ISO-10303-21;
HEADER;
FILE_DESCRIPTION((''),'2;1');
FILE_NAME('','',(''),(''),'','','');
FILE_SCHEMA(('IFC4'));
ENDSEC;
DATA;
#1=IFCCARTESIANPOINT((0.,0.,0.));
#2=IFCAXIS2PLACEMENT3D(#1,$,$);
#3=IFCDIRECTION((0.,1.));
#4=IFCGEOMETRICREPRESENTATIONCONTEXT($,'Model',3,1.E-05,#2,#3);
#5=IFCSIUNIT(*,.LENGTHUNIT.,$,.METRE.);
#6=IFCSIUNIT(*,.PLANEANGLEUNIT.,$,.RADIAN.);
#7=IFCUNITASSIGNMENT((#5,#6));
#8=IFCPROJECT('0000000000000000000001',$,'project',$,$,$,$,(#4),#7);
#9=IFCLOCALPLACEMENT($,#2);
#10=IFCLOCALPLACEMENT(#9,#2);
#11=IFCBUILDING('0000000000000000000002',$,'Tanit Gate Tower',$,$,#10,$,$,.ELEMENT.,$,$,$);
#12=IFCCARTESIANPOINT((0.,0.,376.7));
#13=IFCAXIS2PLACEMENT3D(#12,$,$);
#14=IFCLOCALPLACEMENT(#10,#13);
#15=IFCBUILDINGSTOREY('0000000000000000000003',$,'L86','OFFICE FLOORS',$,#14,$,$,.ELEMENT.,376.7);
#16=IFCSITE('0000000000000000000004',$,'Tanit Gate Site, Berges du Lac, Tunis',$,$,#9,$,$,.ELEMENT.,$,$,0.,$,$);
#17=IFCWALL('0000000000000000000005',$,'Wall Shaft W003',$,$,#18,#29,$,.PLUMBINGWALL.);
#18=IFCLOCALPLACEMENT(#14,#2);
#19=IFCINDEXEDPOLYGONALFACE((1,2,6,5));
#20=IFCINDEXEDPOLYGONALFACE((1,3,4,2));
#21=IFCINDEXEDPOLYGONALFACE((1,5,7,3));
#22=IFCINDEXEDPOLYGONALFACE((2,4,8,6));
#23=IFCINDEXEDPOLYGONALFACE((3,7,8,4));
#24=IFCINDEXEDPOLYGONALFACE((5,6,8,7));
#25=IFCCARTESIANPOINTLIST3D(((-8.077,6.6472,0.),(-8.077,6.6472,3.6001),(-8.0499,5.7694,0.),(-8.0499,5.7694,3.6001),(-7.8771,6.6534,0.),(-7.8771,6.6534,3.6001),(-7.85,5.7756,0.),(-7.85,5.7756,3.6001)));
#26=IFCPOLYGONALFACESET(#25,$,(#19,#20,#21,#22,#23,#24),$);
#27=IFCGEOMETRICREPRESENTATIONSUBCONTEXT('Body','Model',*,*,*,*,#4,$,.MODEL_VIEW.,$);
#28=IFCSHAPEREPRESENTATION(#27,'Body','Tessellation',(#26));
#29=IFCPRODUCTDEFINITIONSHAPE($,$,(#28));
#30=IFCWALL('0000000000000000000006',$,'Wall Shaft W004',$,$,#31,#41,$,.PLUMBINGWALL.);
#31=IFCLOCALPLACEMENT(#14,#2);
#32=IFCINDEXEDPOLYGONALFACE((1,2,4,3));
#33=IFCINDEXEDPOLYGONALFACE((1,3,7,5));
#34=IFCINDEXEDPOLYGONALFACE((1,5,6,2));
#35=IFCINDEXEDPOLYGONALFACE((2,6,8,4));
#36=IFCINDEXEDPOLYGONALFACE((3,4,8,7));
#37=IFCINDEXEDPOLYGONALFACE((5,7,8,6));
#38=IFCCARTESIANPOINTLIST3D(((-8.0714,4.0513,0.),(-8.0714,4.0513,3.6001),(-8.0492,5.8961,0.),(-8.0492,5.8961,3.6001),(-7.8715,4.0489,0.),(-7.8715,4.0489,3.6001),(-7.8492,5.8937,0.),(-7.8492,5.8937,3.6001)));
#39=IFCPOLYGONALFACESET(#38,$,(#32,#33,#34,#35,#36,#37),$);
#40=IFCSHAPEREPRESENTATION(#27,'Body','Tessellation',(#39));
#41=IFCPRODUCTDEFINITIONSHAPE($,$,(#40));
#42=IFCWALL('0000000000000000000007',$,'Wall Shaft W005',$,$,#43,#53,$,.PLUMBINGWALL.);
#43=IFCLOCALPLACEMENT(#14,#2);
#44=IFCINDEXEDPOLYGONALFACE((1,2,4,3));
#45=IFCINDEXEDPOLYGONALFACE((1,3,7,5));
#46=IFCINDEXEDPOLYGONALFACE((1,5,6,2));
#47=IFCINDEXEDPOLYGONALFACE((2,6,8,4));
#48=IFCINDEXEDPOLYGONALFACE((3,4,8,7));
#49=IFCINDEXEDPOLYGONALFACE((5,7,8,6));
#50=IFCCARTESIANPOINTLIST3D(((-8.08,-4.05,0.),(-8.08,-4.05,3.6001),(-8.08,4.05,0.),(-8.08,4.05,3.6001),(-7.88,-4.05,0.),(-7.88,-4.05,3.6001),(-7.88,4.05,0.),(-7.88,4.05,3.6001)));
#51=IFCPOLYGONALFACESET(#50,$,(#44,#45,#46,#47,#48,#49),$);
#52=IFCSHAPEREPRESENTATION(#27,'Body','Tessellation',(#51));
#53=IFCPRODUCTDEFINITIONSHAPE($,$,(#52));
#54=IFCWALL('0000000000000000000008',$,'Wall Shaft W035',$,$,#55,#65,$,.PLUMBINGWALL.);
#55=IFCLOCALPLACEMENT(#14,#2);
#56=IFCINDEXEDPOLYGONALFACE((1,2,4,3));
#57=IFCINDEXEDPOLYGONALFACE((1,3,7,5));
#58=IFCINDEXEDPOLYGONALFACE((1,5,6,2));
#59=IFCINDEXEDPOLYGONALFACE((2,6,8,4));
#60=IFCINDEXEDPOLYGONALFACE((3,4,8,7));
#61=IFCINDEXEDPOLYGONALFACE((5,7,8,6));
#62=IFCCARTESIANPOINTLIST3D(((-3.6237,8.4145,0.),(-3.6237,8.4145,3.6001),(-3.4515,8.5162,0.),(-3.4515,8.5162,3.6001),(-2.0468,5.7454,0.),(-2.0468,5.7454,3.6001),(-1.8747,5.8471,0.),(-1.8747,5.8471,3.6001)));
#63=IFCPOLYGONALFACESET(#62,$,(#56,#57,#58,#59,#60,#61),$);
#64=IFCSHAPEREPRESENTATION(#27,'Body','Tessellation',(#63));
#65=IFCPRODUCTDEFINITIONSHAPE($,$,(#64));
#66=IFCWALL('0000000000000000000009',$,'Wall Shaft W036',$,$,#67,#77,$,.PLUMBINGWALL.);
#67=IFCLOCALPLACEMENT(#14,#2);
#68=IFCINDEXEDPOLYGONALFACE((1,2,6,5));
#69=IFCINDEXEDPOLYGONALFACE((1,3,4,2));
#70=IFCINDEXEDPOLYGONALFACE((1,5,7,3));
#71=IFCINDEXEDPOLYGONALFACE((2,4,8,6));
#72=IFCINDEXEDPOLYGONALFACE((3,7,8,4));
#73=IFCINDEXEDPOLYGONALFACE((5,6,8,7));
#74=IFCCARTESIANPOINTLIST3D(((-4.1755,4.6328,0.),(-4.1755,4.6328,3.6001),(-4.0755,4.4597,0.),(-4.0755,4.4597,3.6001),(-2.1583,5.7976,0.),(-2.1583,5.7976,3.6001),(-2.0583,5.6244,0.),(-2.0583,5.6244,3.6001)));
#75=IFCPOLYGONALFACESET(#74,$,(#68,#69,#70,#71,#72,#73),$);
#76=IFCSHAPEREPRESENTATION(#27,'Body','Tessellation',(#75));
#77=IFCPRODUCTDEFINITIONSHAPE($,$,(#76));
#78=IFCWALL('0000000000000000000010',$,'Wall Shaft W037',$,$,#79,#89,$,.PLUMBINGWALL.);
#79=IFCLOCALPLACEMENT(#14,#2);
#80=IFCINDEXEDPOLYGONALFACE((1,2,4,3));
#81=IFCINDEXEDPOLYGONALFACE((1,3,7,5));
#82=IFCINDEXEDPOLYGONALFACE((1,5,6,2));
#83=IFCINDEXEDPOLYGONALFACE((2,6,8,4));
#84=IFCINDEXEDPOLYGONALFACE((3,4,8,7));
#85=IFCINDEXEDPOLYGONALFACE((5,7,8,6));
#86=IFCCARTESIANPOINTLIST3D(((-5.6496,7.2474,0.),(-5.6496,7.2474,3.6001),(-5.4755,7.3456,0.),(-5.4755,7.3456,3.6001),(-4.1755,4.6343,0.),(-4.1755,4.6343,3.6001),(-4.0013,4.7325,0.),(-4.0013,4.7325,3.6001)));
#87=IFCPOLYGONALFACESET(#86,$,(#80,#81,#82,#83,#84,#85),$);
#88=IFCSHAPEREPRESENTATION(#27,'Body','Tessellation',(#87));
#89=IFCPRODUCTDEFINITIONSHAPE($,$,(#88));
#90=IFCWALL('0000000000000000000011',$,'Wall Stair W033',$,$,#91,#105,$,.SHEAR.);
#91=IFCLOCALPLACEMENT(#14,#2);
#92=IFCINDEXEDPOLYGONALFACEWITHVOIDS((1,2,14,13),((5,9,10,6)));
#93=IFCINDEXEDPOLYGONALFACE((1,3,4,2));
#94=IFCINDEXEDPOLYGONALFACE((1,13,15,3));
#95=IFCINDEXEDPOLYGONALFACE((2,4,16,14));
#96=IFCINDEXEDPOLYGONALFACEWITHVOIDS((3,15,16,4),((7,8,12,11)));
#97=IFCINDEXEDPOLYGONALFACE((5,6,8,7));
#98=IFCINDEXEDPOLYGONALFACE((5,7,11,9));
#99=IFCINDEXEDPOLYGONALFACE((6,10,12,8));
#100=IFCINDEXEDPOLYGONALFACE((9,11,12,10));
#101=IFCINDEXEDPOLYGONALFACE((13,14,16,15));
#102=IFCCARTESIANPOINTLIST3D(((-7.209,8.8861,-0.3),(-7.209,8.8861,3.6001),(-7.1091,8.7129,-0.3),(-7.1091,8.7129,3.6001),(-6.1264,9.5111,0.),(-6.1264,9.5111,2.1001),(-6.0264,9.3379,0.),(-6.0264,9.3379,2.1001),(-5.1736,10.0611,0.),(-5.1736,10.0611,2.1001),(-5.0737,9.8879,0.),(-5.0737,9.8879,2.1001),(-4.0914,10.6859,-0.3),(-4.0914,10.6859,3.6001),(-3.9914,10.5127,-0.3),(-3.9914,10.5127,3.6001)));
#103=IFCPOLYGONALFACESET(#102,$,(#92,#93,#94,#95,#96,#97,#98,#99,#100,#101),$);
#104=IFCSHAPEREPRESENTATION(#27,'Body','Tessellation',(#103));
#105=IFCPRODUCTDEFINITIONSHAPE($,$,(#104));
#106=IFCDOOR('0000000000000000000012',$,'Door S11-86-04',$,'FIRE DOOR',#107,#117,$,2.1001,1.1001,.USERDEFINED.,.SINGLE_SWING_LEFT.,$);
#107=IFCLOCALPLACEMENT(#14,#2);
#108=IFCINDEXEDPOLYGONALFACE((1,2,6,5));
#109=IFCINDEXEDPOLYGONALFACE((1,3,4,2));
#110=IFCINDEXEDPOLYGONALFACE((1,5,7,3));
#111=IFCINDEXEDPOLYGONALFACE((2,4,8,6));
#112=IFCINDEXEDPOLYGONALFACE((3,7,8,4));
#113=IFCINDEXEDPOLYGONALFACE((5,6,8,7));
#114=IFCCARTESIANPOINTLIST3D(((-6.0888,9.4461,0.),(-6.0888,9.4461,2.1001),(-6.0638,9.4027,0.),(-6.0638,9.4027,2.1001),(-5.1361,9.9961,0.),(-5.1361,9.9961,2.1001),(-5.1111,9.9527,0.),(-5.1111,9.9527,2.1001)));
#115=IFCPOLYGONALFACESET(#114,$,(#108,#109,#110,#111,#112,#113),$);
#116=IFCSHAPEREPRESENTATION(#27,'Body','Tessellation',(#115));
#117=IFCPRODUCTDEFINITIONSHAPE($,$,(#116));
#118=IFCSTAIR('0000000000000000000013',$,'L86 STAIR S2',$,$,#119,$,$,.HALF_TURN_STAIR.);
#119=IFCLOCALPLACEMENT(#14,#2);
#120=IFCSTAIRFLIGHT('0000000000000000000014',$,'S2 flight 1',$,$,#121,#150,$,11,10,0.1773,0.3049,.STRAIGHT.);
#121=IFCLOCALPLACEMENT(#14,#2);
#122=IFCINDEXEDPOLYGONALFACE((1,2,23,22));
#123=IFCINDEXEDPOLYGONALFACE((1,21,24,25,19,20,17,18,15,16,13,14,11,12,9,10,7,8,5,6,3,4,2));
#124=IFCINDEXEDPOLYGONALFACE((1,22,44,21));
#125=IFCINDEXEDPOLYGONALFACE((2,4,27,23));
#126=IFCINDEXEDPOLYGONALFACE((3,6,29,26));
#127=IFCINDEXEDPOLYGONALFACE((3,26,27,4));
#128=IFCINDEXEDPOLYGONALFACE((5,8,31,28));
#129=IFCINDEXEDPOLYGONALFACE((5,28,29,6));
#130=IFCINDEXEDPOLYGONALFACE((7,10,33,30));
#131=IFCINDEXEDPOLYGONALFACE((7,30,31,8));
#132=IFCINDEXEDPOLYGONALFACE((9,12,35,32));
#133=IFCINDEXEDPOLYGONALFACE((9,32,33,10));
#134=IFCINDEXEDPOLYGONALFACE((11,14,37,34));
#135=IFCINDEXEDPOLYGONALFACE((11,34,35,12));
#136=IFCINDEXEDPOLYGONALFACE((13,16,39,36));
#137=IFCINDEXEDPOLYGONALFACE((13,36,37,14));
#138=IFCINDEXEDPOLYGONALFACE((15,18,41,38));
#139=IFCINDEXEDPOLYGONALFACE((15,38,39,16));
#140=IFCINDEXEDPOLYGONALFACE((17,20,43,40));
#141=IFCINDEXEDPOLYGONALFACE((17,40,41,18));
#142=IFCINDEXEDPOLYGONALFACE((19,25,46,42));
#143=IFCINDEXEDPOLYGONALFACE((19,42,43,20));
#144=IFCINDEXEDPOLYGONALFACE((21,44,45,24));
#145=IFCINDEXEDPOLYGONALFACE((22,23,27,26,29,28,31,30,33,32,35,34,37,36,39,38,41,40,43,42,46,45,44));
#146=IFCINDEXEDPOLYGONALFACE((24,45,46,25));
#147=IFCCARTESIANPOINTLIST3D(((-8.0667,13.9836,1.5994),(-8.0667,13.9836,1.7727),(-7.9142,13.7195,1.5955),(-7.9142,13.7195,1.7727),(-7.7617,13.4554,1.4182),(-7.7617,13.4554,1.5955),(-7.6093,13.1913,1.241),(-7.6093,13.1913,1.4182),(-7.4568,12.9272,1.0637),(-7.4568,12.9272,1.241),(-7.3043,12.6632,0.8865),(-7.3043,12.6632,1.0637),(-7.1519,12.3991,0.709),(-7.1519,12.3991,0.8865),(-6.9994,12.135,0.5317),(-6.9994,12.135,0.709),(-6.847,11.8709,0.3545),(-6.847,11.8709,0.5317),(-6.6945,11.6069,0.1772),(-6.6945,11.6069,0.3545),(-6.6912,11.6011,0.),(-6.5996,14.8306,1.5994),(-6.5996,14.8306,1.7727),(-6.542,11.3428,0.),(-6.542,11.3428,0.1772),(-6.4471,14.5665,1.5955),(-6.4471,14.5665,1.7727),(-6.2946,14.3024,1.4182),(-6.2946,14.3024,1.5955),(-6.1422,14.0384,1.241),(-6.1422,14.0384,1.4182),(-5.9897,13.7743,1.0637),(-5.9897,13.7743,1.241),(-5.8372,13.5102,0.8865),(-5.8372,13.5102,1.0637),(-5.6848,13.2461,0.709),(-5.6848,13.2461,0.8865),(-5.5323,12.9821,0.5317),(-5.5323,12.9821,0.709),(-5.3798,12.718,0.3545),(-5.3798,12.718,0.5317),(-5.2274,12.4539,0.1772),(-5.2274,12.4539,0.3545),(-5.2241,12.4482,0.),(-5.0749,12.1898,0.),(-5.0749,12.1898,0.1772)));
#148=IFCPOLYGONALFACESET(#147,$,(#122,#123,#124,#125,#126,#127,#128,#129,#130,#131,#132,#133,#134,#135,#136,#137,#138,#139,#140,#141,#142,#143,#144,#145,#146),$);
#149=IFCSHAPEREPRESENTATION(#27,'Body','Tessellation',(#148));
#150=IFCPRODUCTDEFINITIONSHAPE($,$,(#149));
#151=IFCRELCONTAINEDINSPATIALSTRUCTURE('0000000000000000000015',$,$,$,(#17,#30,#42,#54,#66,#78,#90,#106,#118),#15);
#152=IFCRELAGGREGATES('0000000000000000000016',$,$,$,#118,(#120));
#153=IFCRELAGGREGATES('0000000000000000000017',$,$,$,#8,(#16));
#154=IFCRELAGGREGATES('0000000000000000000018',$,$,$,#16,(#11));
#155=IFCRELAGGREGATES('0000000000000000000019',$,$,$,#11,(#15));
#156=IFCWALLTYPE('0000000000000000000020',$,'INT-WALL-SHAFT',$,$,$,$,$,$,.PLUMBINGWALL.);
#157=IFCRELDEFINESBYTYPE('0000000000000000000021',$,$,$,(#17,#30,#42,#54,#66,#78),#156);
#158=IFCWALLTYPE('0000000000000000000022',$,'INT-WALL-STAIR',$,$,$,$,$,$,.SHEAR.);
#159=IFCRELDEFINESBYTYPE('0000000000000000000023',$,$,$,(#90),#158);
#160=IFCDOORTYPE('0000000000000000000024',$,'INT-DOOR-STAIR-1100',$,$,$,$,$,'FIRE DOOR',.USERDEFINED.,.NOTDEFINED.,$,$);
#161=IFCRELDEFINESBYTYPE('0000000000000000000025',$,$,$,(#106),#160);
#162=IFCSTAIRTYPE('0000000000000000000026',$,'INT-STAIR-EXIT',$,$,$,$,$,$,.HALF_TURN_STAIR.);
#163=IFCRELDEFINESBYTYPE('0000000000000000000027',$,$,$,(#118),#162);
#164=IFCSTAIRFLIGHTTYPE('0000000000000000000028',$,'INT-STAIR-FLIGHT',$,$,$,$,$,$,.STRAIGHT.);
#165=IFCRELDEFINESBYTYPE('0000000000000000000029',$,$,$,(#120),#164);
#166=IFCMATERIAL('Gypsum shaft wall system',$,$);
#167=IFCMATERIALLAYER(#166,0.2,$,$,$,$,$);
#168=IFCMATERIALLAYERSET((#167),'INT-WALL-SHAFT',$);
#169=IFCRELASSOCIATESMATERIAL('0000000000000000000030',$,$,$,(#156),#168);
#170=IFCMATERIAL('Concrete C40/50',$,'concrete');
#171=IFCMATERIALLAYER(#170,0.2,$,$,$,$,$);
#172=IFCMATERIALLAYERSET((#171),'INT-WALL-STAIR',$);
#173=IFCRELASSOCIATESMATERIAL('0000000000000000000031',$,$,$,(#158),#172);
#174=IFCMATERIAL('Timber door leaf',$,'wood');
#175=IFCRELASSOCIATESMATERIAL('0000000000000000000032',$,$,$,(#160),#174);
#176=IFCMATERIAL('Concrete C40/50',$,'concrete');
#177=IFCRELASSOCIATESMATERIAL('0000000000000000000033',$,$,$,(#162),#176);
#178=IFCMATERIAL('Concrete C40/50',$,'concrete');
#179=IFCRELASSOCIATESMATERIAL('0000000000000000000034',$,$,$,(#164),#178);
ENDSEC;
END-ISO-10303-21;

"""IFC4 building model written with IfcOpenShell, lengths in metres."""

from ifc_helpers import new_model, si_unit, direction, frame, frame_2d, origin, place, context, subcontext, project, spatial, polyline, rectangle, outline, extrude, material, layer, layer_set, type_object, element, fill, aggregate, save


model = new_model("IFC4")

# Units and contexts
model_context = context("Model", 3, precision=1e-05, world=origin(), true_north=direction((0.0, 1.0)))
body_context = subcontext(model_context, "Body", "Model", "MODEL_VIEW")
ifc_project = project(units=[si_unit("LENGTHUNIT", "METRE"), si_unit("PLANEANGLEUNIT", "RADIAN")], contexts=[model_context])

# Site, building, storey
site_placement = place(None, origin())
site = spatial("IfcSite", under=ifc_project, at=site_placement, Name="Tanit Gate Site, Berges du Lac, Tunis", CompositionType="ELEMENT", RefElevation=0.0)
building_placement = place(site_placement, origin())
building = spatial("IfcBuilding", under=site, at=building_placement, Name="Tanit Gate Tower", CompositionType="ELEMENT")
storey_placement = place(building_placement, frame((0.0, 0.0, 376.7)))
storey = spatial("IfcBuildingStorey", under=building, at=storey_placement, Name="L86", Description="OFFICE FLOORS", CompositionType="ELEMENT", Elevation=376.7)

# Walls
ifc_material_1 = material(Name="Gypsum shaft wall system")
ifc_layer_1 = layer(ifc_material_1, 0.2)
ifc_layer_set_1 = layer_set([ifc_layer_1], Name="INT-WALL-SHAFT")
wall_type_1 = type_object("IfcWallType", Name="INT-WALL-SHAFT", PredefinedType="PLUMBINGWALL", material=ifc_layer_set_1)
wall_1_placement = place(storey_placement, frame((-7.9771, 6.6501, 0.0), z_axis=(0.0, 0.0, 1.0), x_axis=(0.030862, -0.999524, 0.0)))
element("IfcWall", 1, at=wall_1_placement, inside=storey, type_object=wall_type_1, Name="Wall Shaft W003", PredefinedType="PLUMBINGWALL", context=body_context, shape_type="SweptSolid", body=[
    extrude(rectangle(XDim=0.8782, YDim=0.2, at=frame_2d((0.439, 0.0))), origin(), (0.0, 0.0, 1.0), 3.6001),
])
wall_2_placement = place(storey_placement, frame((-7.9492, 5.8948, 0.0), z_axis=(0.0, 0.0, 1.0), x_axis=(-0.012043, -0.999927, 0.0)))
element("IfcWall", 2, at=wall_2_placement, inside=storey, type_object=wall_type_1, Name="Wall Shaft W004", PredefinedType="PLUMBINGWALL", context=body_context, shape_type="SweptSolid", body=[
    extrude(rectangle(XDim=1.845, YDim=0.2, at=frame_2d((0.9224, 0.0))), origin(), (0.0, 0.0, 1.0), 3.6001),
])
wall_3_placement = place(storey_placement, frame((-7.98, 4.05, 0.0), z_axis=(0.0, 0.0, 1.0), x_axis=(0.0, -1.0, 0.0)))
element("IfcWall", 3, at=wall_3_placement, inside=storey, type_object=wall_type_1, Name="Wall Shaft W005", PredefinedType="PLUMBINGWALL", context=body_context, shape_type="SweptSolid", body=[
    extrude(rectangle(XDim=8.1001, YDim=0.2, at=frame_2d((4.05, 0.0))), origin(), (0.0, 0.0, 1.0), 3.6001),
])

# Walls
wall_4_placement = place(storey_placement, frame((-3.5376, 8.4653, 0.0), z_axis=(0.0, 0.0, 1.0), x_axis=(0.508647, -0.860975, 0.0)))
element("IfcWall", 4, at=wall_4_placement, inside=storey, type_object=wall_type_1, Name="Wall Shaft W035", PredefinedType="PLUMBINGWALL", context=body_context, shape_type="SweptSolid", body=[
    extrude(rectangle(XDim=3.1001, YDim=0.2, at=frame_2d((1.55, 0.0))), origin(), (0.0, 0.0, 1.0), 3.6001),
])
wall_5_placement = place(storey_placement, frame((-2.1084, 5.7109, 0.0), z_axis=(0.0, 0.0, 1.0), x_axis=(-0.866009, -0.500028, 0.0)))
element("IfcWall", 5, at=wall_5_placement, inside=storey, type_object=wall_type_1, Name="Wall Shaft W036", PredefinedType="PLUMBINGWALL", context=body_context, shape_type="SweptSolid", body=[
    extrude(rectangle(XDim=2.3293, YDim=0.2, at=frame_2d((1.1646, 0.0))), origin(), (0.0, 0.0, 1.0), 3.6001),
])
wall_6_placement = place(storey_placement, frame((-5.5625, 7.2964, 0.0), z_axis=(0.0, 0.0, 1.0), x_axis=(0.491347, -0.870964, 0.0)))
element("IfcWall", 6, at=wall_6_placement, inside=storey, type_object=wall_type_1, Name="Wall Shaft W037", PredefinedType="PLUMBINGWALL", context=body_context, shape_type="SweptSolid", body=[
    extrude(rectangle(XDim=3.0002, YDim=0.2, at=frame_2d((1.5, 0.0))), origin(), (0.0, 0.0, 1.0), 3.6001),
])

# Wall, opening, door
ifc_material_2 = material(Name="Concrete C40/50", Category="concrete")
ifc_layer_2 = layer(ifc_material_2, 0.2)
ifc_layer_set_2 = layer_set([ifc_layer_2], Name="INT-WALL-STAIR")
wall_type_2 = type_object("IfcWallType", Name="INT-WALL-STAIR", PredefinedType="SHEAR", material=ifc_layer_set_2)
wall_7_placement = place(storey_placement, frame((-7.1589, 8.7996, -0.3), z_axis=(0.0, 0.0, 1.0), x_axis=(0.866048, 0.499961, 0.0)))
wall_7 = element("IfcWall", 7, at=wall_7_placement, inside=storey, type_object=wall_type_2, Name="Wall Stair W033", PredefinedType="SHEAR", context=body_context, shape_type="SweptSolid", body=[
    extrude(rectangle(XDim=3.5999, YDim=0.2, at=frame_2d((1.7998, 0.0))), origin(), (0.0, 0.0, 1.0), 3.9001),
])
opening_1_placement = place(wall_7_placement, frame((1.25, 0.0, 0.3)))
opening_1 = element("IfcOpeningElement", 8, at=opening_1_placement, cuts=wall_7, PredefinedType="OPENING", context=body_context, shape_type="SweptSolid", body=[
    extrude(rectangle(XDim=1.1001, YDim=2.1001, at=frame_2d((0.55, 1.05))), frame((0.0, 0.1099, 0.0), z_axis=(0.0, -1.0, 0.0), x_axis=(1.0, 0.0, 0.0)), (0.0, 0.0, 1.0), 0.22),
])
ifc_material_3 = material(Name="Timber door leaf", Category="wood")
door_type_1 = type_object("IfcDoorType", Name="INT-DOOR-STAIR-1100", ElementType="FIRE DOOR", OperationType="NOTDEFINED", PredefinedType="USERDEFINED", material=ifc_material_3)
door_1_placement = place(opening_1_placement, origin())
door_1 = element("IfcDoor", 9, at=door_1_placement, inside=storey, type_object=door_type_1, Name="Door S11-86-04", ObjectType="FIRE DOOR", OperationType="SINGLE_SWING_LEFT", OverallHeight=2.1001, OverallWidth=1.1001, PredefinedType="USERDEFINED", context=body_context, shape_type="SweptSolid", body=[
    extrude(rectangle(XDim=1.1001, YDim=2.1001, at=frame_2d((0.55, 1.05))), frame((0.0, 0.0249, 0.0), z_axis=(0.0, -1.0, 0.0), x_axis=(1.0, 0.0, 0.0)), (0.0, 0.0, 1.0), 0.05),
])
fill(opening_1, door_1)

# Stair, stair flight
ifc_material_4 = material(Name="Concrete C40/50", Category="concrete")
stair_type = type_object("IfcStairType", Name="INT-STAIR-EXIT", PredefinedType="HALF_TURN_STAIR", material=ifc_material_4)
stair_placement = place(storey_placement, origin())
stair = element("IfcStair", 10, at=stair_placement, inside=storey, type_object=stair_type, Name="L86 STAIR S2", PredefinedType="HALF_TURN_STAIR")
ifc_material_5 = material(Name="Concrete C40/50", Category="concrete")
stair_flight_type = type_object("IfcStairFlightType", Name="INT-STAIR-FLIGHT", PredefinedType="STRAIGHT", material=ifc_material_5)
stair_flight_placement = place(storey_placement, frame((-5.8083, 11.7664, 0.0), z_axis=(0.0, 0.0, 1.0), x_axis=(-0.5, 0.866025, 0.0)))
stair_flight = element("IfcStairFlight", 11, at=stair_flight_placement, type_object=stair_flight_type, Name="S2 flight 1", NumberOfRisers=11, NumberOfTreads=10, PredefinedType="STRAIGHT", RiserHeight=0.1773, TreadLength=0.3049, context=body_context, shape_type="SweptSolid", body=[
    extrude(outline(polyline([(0.0, 0.0), (0.0, 0.1772), (0.3049, 0.1772), (0.3049, 0.3545), (0.6099, 0.3545), (0.6099, 0.5317), (0.9148, 0.5317), (0.9148, 0.709), (1.2197, 0.709), (1.2197, 0.8865), (1.5247, 0.8865), (1.5247, 1.0637), (1.8296, 1.0637), (1.8296, 1.241), (2.1345, 1.241), (2.1345, 1.4182), (2.4395, 1.4182), (2.4395, 1.5955), (2.7444, 1.5955), (2.7444, 1.7727), (3.0493, 1.7727), (3.0493, 1.95), (3.0493, 1.5994), (0.2983, 0.0), (0.0, 0.0)])), frame((0.0, 0.8472, 0.0), z_axis=(0.0, -1.0, 0.0), x_axis=(1.0, 0.0, 0.0)), (0.0, 0.0, 1.0), 1.6941),
])
aggregate(stair, [stair_flight])

save(model, "model.ifc")
